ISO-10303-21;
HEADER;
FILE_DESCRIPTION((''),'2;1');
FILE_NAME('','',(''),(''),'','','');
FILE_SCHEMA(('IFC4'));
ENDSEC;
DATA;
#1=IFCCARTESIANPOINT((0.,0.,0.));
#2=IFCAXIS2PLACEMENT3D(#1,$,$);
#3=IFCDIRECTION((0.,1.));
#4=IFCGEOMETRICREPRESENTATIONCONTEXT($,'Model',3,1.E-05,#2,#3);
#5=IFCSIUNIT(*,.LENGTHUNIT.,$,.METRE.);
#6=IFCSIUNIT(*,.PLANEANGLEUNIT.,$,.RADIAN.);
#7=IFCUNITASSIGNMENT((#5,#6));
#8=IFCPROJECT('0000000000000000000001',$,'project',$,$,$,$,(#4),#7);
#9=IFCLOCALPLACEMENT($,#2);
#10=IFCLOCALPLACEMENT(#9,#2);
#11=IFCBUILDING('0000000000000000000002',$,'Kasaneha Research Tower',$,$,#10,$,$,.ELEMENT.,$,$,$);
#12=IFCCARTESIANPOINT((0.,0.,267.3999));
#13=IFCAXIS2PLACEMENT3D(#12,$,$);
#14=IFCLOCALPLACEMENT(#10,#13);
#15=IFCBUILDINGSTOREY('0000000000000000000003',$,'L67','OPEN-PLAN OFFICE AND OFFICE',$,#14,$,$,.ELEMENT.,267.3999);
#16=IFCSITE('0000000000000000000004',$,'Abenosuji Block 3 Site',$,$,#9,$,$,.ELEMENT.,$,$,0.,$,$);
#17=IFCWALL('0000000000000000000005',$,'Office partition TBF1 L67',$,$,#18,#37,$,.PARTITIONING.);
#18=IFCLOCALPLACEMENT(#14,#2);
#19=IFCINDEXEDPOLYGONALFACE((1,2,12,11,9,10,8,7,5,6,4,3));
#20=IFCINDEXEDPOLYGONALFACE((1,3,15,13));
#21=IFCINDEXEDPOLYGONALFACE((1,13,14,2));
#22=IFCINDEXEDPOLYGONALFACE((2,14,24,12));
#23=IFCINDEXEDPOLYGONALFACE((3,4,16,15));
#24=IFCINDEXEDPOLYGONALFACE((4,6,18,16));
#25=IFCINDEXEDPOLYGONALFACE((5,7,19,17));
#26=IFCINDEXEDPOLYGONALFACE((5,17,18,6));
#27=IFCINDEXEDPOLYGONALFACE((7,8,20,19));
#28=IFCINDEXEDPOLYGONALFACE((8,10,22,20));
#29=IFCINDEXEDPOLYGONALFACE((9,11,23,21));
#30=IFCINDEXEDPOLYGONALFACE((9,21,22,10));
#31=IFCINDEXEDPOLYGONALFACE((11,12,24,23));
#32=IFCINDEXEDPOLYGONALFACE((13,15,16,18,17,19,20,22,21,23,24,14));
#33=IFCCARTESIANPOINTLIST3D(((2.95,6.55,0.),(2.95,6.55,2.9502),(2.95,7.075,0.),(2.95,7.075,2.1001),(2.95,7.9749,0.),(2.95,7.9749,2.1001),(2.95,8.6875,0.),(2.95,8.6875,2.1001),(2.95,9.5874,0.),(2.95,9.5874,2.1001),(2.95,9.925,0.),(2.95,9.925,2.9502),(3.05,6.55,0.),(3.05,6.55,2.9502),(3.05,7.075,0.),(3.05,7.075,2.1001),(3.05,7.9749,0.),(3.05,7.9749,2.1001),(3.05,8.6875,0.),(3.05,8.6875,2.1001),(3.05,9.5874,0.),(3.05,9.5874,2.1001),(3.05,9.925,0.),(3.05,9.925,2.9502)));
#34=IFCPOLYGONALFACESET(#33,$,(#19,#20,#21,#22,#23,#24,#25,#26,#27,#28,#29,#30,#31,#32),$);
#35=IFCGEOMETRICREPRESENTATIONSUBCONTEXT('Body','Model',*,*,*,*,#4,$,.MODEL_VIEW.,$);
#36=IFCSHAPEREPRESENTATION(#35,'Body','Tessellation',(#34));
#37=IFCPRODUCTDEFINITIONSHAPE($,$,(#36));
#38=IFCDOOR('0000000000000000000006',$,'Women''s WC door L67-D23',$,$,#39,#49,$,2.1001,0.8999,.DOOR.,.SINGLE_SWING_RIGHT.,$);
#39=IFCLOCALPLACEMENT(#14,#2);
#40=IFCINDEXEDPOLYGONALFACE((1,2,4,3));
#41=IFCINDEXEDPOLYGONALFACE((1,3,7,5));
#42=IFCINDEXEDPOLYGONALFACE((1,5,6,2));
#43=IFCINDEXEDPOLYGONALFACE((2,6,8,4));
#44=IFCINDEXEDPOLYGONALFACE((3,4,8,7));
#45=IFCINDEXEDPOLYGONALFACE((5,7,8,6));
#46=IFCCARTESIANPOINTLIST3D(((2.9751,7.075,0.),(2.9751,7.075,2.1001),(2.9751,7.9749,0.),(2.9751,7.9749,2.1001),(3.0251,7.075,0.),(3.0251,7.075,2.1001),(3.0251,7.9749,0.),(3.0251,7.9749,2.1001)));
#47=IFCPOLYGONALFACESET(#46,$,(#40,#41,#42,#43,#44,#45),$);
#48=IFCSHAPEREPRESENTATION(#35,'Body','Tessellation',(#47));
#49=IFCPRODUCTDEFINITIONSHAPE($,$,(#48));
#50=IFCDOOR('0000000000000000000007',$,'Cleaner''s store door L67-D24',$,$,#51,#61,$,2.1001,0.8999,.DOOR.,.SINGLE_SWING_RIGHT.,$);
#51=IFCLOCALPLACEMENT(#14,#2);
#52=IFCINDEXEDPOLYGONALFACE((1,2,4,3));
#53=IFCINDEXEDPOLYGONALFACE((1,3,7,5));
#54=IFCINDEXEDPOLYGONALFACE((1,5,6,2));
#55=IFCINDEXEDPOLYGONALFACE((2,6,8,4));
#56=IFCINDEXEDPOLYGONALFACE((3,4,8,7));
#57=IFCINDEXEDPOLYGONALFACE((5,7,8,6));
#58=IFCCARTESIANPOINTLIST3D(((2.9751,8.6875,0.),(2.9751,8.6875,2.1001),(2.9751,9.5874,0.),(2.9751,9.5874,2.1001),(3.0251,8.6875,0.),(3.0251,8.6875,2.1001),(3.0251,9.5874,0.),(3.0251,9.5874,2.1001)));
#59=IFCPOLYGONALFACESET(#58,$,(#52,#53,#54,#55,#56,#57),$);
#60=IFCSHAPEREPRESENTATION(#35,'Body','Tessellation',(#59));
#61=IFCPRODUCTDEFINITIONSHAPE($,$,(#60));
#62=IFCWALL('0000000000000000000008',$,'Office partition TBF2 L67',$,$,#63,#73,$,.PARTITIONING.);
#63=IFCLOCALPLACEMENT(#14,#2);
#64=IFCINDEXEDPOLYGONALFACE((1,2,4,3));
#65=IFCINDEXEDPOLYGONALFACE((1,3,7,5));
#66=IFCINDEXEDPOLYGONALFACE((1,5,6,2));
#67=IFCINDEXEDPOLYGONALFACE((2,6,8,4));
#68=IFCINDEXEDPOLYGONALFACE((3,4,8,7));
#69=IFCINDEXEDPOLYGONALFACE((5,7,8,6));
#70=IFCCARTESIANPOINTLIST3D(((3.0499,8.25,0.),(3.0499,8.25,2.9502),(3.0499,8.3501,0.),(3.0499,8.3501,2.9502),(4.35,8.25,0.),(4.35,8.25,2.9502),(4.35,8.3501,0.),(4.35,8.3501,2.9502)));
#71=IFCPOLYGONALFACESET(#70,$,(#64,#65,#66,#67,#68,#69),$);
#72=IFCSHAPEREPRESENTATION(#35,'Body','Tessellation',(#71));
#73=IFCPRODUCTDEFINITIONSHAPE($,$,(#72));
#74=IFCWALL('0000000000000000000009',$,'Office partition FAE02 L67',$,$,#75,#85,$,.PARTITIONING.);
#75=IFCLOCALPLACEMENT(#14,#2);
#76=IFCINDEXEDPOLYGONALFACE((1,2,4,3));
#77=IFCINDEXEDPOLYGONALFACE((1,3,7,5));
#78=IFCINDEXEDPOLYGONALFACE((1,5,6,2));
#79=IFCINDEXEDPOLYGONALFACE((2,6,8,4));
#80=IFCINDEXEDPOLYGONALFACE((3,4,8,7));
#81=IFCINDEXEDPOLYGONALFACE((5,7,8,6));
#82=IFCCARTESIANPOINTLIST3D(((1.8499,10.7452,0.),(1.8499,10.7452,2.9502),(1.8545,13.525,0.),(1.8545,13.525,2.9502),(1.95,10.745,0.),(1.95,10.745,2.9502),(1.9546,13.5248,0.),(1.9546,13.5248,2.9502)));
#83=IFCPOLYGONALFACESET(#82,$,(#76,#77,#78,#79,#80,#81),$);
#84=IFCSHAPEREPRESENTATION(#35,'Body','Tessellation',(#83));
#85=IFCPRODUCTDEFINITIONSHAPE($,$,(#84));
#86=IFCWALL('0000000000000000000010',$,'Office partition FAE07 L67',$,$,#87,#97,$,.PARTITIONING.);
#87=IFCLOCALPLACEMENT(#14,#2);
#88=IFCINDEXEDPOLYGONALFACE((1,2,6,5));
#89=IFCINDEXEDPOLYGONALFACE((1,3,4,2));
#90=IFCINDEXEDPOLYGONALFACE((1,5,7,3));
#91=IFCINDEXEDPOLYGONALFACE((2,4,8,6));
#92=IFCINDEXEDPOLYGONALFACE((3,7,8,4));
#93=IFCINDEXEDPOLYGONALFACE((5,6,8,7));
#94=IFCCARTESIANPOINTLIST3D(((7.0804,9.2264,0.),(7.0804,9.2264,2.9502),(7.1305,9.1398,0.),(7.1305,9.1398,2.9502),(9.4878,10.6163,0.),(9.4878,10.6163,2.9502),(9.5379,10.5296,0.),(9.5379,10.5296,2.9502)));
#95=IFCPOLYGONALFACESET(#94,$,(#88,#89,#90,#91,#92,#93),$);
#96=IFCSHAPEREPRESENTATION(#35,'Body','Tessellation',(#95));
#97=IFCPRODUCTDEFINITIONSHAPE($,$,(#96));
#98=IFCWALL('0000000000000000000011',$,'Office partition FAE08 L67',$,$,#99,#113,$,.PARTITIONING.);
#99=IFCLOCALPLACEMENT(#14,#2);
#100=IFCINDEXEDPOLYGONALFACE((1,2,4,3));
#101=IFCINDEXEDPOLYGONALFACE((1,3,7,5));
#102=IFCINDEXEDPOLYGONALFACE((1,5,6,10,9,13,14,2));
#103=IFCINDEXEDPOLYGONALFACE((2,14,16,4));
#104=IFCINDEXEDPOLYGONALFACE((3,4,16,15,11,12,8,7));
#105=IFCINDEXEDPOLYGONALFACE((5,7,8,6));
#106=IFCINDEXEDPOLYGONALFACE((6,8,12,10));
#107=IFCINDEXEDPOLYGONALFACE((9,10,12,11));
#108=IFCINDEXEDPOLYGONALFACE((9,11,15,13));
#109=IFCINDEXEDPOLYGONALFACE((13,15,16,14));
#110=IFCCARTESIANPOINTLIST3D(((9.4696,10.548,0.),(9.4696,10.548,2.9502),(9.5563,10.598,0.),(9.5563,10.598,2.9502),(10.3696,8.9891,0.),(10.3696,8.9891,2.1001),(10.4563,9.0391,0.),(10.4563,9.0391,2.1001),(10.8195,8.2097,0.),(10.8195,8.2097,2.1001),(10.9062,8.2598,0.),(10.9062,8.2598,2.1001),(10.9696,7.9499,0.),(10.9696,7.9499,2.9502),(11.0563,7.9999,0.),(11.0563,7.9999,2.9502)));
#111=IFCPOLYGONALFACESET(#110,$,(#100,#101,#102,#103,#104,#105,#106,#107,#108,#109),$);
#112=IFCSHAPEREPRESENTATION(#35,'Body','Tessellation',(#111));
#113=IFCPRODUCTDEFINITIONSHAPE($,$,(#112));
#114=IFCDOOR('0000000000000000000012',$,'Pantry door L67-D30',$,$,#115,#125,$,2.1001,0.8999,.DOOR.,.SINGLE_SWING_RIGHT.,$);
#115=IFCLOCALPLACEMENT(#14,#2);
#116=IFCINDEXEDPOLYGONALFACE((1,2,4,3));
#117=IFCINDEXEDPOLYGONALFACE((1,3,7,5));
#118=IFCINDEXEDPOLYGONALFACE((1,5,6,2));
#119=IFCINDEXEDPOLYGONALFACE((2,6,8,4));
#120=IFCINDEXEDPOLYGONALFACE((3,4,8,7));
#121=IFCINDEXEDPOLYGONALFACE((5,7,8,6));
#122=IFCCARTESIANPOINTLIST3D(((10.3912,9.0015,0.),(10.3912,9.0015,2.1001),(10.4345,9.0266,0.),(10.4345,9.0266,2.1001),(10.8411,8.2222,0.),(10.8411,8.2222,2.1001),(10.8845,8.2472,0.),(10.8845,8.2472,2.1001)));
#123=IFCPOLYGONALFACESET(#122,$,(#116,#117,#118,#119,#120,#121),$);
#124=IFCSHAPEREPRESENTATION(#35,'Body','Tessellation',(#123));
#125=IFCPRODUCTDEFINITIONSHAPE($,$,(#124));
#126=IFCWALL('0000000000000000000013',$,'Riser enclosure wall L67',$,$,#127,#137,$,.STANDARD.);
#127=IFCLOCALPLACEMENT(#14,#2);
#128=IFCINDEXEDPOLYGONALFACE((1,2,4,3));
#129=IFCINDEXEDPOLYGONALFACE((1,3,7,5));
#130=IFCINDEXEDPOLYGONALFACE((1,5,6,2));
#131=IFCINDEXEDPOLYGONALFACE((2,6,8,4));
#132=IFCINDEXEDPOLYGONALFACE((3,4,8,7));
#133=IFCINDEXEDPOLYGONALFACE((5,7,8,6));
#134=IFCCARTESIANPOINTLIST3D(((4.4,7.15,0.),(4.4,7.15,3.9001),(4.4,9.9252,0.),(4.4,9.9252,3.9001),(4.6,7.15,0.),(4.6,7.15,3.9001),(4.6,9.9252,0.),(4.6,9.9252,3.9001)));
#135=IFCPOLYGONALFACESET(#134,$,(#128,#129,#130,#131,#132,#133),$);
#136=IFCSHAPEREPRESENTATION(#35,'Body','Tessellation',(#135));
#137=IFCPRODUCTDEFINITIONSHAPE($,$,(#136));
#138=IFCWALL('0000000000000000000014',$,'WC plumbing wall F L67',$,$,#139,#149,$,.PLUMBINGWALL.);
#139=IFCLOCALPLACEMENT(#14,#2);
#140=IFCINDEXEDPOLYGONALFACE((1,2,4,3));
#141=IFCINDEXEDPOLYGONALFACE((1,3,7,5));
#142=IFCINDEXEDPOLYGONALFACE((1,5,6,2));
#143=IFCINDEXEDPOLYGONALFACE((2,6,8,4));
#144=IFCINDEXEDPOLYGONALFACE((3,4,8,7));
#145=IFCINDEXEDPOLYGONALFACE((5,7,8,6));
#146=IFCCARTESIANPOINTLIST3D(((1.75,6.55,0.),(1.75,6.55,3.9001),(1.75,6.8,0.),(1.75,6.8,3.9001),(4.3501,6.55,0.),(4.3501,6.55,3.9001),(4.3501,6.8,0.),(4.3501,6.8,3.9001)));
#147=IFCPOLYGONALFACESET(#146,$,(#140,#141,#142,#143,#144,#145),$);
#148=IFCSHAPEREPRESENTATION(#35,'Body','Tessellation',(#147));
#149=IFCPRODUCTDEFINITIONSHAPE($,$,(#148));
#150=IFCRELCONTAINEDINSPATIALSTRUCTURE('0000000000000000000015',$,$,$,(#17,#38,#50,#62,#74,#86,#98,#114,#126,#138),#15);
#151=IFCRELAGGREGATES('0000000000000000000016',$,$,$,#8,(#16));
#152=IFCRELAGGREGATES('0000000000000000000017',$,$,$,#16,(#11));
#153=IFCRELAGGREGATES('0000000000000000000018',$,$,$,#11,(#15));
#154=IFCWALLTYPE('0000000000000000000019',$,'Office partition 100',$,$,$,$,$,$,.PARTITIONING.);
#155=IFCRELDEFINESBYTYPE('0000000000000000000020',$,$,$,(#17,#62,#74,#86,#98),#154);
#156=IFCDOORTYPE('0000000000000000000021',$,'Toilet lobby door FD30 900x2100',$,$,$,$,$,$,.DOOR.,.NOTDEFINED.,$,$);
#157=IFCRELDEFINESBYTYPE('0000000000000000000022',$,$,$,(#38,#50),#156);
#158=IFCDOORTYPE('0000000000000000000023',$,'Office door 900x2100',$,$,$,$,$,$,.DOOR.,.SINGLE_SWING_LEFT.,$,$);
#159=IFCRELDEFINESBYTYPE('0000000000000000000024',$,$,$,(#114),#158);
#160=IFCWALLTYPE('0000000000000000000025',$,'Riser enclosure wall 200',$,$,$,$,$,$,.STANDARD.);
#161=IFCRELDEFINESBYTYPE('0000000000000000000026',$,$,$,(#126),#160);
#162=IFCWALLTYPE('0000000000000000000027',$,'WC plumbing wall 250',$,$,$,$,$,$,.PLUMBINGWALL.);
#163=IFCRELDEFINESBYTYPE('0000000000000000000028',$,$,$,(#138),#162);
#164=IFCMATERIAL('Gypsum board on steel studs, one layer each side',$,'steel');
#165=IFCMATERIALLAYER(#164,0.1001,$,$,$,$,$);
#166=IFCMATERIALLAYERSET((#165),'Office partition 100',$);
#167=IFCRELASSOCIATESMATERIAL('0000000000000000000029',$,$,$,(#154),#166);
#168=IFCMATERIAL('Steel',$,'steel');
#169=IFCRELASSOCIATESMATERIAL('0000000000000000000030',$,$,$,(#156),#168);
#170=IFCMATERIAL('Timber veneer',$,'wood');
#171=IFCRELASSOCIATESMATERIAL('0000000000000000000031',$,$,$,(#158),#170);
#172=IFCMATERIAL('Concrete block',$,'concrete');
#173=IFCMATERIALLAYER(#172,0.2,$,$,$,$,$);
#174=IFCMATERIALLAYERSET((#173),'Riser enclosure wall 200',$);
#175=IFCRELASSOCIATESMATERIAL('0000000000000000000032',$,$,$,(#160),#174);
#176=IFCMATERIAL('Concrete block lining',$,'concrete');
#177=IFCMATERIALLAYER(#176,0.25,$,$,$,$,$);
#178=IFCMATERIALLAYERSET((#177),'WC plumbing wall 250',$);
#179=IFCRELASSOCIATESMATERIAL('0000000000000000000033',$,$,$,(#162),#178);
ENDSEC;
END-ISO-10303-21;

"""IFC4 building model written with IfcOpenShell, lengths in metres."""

from ifc_helpers import new_model, si_unit, direction, frame, frame_2d, origin, place, context, subcontext, project, spatial, rectangle, extrude, material, layer, layer_set, type_object, element, fill, save


model = new_model("IFC4")

# Units and contexts
model_context = context("Model", 3, precision=1e-05, world=origin(), true_north=direction((0.0, 1.0)))
body_context = subcontext(model_context, "Body", "Model", "MODEL_VIEW")
ifc_project = project(units=[si_unit("LENGTHUNIT", "METRE"), si_unit("PLANEANGLEUNIT", "RADIAN")], contexts=[model_context])

# Site, building, storey
site_placement = place(None, origin())
site = spatial("IfcSite", under=ifc_project, at=site_placement, Name="Abenosuji Block 3 Site", CompositionType="ELEMENT", RefElevation=0.0)
building_placement = place(site_placement, origin())
building = spatial("IfcBuilding", under=site, at=building_placement, Name="Kasaneha Research Tower", CompositionType="ELEMENT")
storey_placement = place(building_placement, frame((0.0, 0.0, 267.3999)))
storey = spatial("IfcBuildingStorey", under=building, at=storey_placement, Name="L67", Description="OPEN-PLAN OFFICE AND OFFICE", CompositionType="ELEMENT", Elevation=267.3999)

# Wall, openings, doors
ifc_material_1 = material(Name="Gypsum board on steel studs, one layer each side", Category="steel")
ifc_layer_1 = layer(ifc_material_1, 0.1001)
ifc_layer_set_1 = layer_set([ifc_layer_1], Name="Office partition 100")
wall_type_1 = type_object("IfcWallType", Name="Office partition 100", PredefinedType="PARTITIONING", material=ifc_layer_set_1)
wall_1_placement = place(storey_placement, frame((3.0, 6.55, 0.0), z_axis=(0.0, 0.0, 1.0), x_axis=(0.0, 1.0, 0.0)))
wall_1 = element("IfcWall", 1, at=wall_1_placement, inside=storey, type_object=wall_type_1, Name="Office partition TBF1 L67", PredefinedType="PARTITIONING", context=body_context, shape_type="SweptSolid", body=[
    extrude(rectangle(XDim=3.375, YDim=0.1001, at=frame_2d((1.6875, 0.0))), origin(), (0.0, 0.0, 1.0), 2.9502),
])
opening_1_placement = place(wall_1_placement, frame((0.5249, 0.0, 0.0)))
opening_1 = element("IfcOpeningElement", 2, at=opening_1_placement, cuts=wall_1, PredefinedType="OPENING", context=body_context, shape_type="SweptSolid", body=[
    extrude(rectangle(XDim=0.8999, YDim=2.1001, at=frame_2d((0.45, 1.05))), frame((0.0, 0.0601, 0.0), z_axis=(0.0, -1.0, 0.0), x_axis=(1.0, 0.0, 0.0)), (0.0, 0.0, 1.0), 0.1201),
])
opening_2_placement = place(wall_1_placement, frame((2.1375, 0.0, 0.0)))
opening_2 = element("IfcOpeningElement", 3, at=opening_2_placement, cuts=wall_1, PredefinedType="OPENING", context=body_context, shape_type="SweptSolid", body=[
    extrude(rectangle(XDim=0.8999, YDim=2.1001, at=frame_2d((0.45, 1.05))), frame((0.0, 0.0601, 0.0), z_axis=(0.0, -1.0, 0.0), x_axis=(1.0, 0.0, 0.0)), (0.0, 0.0, 1.0), 0.1201),
])
ifc_material_2 = material(Name="Steel", Category="steel")
door_type_1 = type_object("IfcDoorType", Name="Toilet lobby door FD30 900x2100", OperationType="NOTDEFINED", PredefinedType="DOOR", material=ifc_material_2)
door_1_placement = place(opening_1_placement, origin())
door_1 = element("IfcDoor", 4, at=door_1_placement, inside=storey, type_object=door_type_1, Name="Women's WC door L67-D23", OperationType="SINGLE_SWING_RIGHT", OverallHeight=2.1001, OverallWidth=0.8999, PredefinedType="DOOR", context=body_context, shape_type="SweptSolid", body=[
    extrude(rectangle(XDim=0.8999, YDim=2.1001, at=frame_2d((0.45, 1.05))), frame((0.0, 0.0249, 0.0), z_axis=(0.0, -1.0, 0.0), x_axis=(1.0, 0.0, 0.0)), (0.0, 0.0, 1.0), 0.05),
])
fill(opening_1, door_1)
door_2_placement = place(opening_2_placement, origin())
door_2 = element("IfcDoor", 5, at=door_2_placement, inside=storey, type_object=door_type_1, Name="Cleaner's store door L67-D24", OperationType="SINGLE_SWING_RIGHT", OverallHeight=2.1001, OverallWidth=0.8999, PredefinedType="DOOR", context=body_context, shape_type="SweptSolid", body=[
    extrude(rectangle(XDim=0.8999, YDim=2.1001, at=frame_2d((0.45, 1.05))), frame((0.0, 0.0249, 0.0), z_axis=(0.0, -1.0, 0.0), x_axis=(1.0, 0.0, 0.0)), (0.0, 0.0, 1.0), 0.05),
])
fill(opening_2, door_2)

# Walls
wall_2_placement = place(storey_placement, frame((3.05, 8.3, 0.0), z_axis=(0.0, 0.0, 1.0), x_axis=(1.0, 0.0, 0.0)))
element("IfcWall", 6, at=wall_2_placement, inside=storey, type_object=wall_type_1, Name="Office partition TBF2 L67", PredefinedType="PARTITIONING", context=body_context, shape_type="SweptSolid", body=[
    extrude(rectangle(XDim=1.3, YDim=0.1001, at=frame_2d((0.6499, 0.0))), origin(), (0.0, 0.0, 1.0), 2.9502),
])
for number, where, z_axis, x_axis, name in (
    (7, (1.8999, 10.7451, 0.0), (0.0, 0.0, 1.0), (0.001669, 0.999999, 0.0), "Office partition FAE02 L67"),
    (8, (7.1055, 9.1831, 0.0), (0.0, 0.0, 1.0), (0.866035, 0.499983, 0.0), "Office partition FAE07 L67"),
):
    element("IfcWall", number, at=place(storey_placement, frame(where, z_axis=z_axis, x_axis=x_axis)), inside=storey, type_object=wall_type_1, Name=name, PredefinedType="PARTITIONING", context=body_context, shape_type="SweptSolid", body=[
        extrude(rectangle(XDim=2.7798, YDim=0.1001, at=frame_2d((1.3899, 0.0))), origin(), (0.0, 0.0, 1.0), 2.9502),
    ])

# Wall, opening, door
wall_3_placement = place(storey_placement, frame((9.5129, 10.573, 0.0), z_axis=(0.0, 0.0, 1.0), x_axis=(0.49999, -0.866031, 0.0)))
wall_3 = element("IfcWall", 9, at=wall_3_placement, inside=storey, type_object=wall_type_1, Name="Office partition FAE08 L67", PredefinedType="PARTITIONING", context=body_context, shape_type="SweptSolid", body=[
    extrude(rectangle(XDim=3.0, YDim=0.1001, at=frame_2d((1.5, 0.0))), origin(), (0.0, 0.0, 1.0), 2.9502),
])
opening_3_placement = place(wall_3_placement, frame((1.8, 0.0, 0.0)))
opening_3 = element("IfcOpeningElement", 10, at=opening_3_placement, cuts=wall_3, PredefinedType="OPENING", context=body_context, shape_type="SweptSolid", body=[
    extrude(rectangle(XDim=0.8999, YDim=2.1001, at=frame_2d((0.45, 1.05))), frame((0.0, 0.0601, 0.0), z_axis=(0.0, -1.0, 0.0), x_axis=(1.0, 0.0, 0.0)), (0.0, 0.0, 1.0), 0.1201),
])
ifc_material_3 = material(Name="Timber veneer", Category="wood")
door_type_2 = type_object("IfcDoorType", Name="Office door 900x2100", OperationType="SINGLE_SWING_LEFT", PredefinedType="DOOR", material=ifc_material_3)
door_3_placement = place(opening_3_placement, origin())
door_3 = element("IfcDoor", 11, at=door_3_placement, inside=storey, type_object=door_type_2, Name="Pantry door L67-D30", OperationType="SINGLE_SWING_RIGHT", OverallHeight=2.1001, OverallWidth=0.8999, PredefinedType="DOOR", context=body_context, shape_type="SweptSolid", body=[
    extrude(rectangle(XDim=0.8999, YDim=2.1001, at=frame_2d((0.45, 1.05))), frame((0.0, 0.0249, 0.0), z_axis=(0.0, -1.0, 0.0), x_axis=(1.0, 0.0, 0.0)), (0.0, 0.0, 1.0), 0.05),
])
fill(opening_3, door_3)

# Walls
ifc_material_4 = material(Name="Concrete block", Category="concrete")
ifc_layer_2 = layer(ifc_material_4, 0.2)
ifc_layer_set_2 = layer_set([ifc_layer_2], Name="Riser enclosure wall 200")
wall_type_2 = type_object("IfcWallType", Name="Riser enclosure wall 200", PredefinedType="STANDARD", material=ifc_layer_set_2)
wall_4_placement = place(storey_placement, frame((4.5, 7.1499, 0.0), z_axis=(0.0, 0.0, 1.0), x_axis=(0.0, 1.0, 0.0)))
element("IfcWall", 12, at=wall_4_placement, inside=storey, type_object=wall_type_2, Name="Riser enclosure wall L67", PredefinedType="STANDARD", context=body_context, shape_type="SweptSolid", body=[
    extrude(rectangle(XDim=2.7751, YDim=0.2, at=frame_2d((1.3877, 0.0))), origin(), (0.0, 0.0, 1.0), 3.9001),
])
ifc_material_5 = material(Name="Concrete block lining", Category="concrete")
ifc_layer_3 = layer(ifc_material_5, 0.25)
ifc_layer_set_3 = layer_set([ifc_layer_3], Name="WC plumbing wall 250")
wall_type_3 = type_object("IfcWallType", Name="WC plumbing wall 250", PredefinedType="PLUMBINGWALL", material=ifc_layer_set_3)
wall_5_placement = place(storey_placement, frame((1.75, 6.675, 0.0), z_axis=(0.0, 0.0, 1.0), x_axis=(1.0, 0.0, 0.0)))
element("IfcWall", 13, at=wall_5_placement, inside=storey, type_object=wall_type_3, Name="WC plumbing wall F L67", PredefinedType="PLUMBINGWALL", context=body_context, shape_type="SweptSolid", body=[
    extrude(rectangle(XDim=2.6001, YDim=0.25, at=frame_2d((1.3, 0.0))), origin(), (0.0, 0.0, 1.0), 3.9001),
])

save(model, "model.ifc")
